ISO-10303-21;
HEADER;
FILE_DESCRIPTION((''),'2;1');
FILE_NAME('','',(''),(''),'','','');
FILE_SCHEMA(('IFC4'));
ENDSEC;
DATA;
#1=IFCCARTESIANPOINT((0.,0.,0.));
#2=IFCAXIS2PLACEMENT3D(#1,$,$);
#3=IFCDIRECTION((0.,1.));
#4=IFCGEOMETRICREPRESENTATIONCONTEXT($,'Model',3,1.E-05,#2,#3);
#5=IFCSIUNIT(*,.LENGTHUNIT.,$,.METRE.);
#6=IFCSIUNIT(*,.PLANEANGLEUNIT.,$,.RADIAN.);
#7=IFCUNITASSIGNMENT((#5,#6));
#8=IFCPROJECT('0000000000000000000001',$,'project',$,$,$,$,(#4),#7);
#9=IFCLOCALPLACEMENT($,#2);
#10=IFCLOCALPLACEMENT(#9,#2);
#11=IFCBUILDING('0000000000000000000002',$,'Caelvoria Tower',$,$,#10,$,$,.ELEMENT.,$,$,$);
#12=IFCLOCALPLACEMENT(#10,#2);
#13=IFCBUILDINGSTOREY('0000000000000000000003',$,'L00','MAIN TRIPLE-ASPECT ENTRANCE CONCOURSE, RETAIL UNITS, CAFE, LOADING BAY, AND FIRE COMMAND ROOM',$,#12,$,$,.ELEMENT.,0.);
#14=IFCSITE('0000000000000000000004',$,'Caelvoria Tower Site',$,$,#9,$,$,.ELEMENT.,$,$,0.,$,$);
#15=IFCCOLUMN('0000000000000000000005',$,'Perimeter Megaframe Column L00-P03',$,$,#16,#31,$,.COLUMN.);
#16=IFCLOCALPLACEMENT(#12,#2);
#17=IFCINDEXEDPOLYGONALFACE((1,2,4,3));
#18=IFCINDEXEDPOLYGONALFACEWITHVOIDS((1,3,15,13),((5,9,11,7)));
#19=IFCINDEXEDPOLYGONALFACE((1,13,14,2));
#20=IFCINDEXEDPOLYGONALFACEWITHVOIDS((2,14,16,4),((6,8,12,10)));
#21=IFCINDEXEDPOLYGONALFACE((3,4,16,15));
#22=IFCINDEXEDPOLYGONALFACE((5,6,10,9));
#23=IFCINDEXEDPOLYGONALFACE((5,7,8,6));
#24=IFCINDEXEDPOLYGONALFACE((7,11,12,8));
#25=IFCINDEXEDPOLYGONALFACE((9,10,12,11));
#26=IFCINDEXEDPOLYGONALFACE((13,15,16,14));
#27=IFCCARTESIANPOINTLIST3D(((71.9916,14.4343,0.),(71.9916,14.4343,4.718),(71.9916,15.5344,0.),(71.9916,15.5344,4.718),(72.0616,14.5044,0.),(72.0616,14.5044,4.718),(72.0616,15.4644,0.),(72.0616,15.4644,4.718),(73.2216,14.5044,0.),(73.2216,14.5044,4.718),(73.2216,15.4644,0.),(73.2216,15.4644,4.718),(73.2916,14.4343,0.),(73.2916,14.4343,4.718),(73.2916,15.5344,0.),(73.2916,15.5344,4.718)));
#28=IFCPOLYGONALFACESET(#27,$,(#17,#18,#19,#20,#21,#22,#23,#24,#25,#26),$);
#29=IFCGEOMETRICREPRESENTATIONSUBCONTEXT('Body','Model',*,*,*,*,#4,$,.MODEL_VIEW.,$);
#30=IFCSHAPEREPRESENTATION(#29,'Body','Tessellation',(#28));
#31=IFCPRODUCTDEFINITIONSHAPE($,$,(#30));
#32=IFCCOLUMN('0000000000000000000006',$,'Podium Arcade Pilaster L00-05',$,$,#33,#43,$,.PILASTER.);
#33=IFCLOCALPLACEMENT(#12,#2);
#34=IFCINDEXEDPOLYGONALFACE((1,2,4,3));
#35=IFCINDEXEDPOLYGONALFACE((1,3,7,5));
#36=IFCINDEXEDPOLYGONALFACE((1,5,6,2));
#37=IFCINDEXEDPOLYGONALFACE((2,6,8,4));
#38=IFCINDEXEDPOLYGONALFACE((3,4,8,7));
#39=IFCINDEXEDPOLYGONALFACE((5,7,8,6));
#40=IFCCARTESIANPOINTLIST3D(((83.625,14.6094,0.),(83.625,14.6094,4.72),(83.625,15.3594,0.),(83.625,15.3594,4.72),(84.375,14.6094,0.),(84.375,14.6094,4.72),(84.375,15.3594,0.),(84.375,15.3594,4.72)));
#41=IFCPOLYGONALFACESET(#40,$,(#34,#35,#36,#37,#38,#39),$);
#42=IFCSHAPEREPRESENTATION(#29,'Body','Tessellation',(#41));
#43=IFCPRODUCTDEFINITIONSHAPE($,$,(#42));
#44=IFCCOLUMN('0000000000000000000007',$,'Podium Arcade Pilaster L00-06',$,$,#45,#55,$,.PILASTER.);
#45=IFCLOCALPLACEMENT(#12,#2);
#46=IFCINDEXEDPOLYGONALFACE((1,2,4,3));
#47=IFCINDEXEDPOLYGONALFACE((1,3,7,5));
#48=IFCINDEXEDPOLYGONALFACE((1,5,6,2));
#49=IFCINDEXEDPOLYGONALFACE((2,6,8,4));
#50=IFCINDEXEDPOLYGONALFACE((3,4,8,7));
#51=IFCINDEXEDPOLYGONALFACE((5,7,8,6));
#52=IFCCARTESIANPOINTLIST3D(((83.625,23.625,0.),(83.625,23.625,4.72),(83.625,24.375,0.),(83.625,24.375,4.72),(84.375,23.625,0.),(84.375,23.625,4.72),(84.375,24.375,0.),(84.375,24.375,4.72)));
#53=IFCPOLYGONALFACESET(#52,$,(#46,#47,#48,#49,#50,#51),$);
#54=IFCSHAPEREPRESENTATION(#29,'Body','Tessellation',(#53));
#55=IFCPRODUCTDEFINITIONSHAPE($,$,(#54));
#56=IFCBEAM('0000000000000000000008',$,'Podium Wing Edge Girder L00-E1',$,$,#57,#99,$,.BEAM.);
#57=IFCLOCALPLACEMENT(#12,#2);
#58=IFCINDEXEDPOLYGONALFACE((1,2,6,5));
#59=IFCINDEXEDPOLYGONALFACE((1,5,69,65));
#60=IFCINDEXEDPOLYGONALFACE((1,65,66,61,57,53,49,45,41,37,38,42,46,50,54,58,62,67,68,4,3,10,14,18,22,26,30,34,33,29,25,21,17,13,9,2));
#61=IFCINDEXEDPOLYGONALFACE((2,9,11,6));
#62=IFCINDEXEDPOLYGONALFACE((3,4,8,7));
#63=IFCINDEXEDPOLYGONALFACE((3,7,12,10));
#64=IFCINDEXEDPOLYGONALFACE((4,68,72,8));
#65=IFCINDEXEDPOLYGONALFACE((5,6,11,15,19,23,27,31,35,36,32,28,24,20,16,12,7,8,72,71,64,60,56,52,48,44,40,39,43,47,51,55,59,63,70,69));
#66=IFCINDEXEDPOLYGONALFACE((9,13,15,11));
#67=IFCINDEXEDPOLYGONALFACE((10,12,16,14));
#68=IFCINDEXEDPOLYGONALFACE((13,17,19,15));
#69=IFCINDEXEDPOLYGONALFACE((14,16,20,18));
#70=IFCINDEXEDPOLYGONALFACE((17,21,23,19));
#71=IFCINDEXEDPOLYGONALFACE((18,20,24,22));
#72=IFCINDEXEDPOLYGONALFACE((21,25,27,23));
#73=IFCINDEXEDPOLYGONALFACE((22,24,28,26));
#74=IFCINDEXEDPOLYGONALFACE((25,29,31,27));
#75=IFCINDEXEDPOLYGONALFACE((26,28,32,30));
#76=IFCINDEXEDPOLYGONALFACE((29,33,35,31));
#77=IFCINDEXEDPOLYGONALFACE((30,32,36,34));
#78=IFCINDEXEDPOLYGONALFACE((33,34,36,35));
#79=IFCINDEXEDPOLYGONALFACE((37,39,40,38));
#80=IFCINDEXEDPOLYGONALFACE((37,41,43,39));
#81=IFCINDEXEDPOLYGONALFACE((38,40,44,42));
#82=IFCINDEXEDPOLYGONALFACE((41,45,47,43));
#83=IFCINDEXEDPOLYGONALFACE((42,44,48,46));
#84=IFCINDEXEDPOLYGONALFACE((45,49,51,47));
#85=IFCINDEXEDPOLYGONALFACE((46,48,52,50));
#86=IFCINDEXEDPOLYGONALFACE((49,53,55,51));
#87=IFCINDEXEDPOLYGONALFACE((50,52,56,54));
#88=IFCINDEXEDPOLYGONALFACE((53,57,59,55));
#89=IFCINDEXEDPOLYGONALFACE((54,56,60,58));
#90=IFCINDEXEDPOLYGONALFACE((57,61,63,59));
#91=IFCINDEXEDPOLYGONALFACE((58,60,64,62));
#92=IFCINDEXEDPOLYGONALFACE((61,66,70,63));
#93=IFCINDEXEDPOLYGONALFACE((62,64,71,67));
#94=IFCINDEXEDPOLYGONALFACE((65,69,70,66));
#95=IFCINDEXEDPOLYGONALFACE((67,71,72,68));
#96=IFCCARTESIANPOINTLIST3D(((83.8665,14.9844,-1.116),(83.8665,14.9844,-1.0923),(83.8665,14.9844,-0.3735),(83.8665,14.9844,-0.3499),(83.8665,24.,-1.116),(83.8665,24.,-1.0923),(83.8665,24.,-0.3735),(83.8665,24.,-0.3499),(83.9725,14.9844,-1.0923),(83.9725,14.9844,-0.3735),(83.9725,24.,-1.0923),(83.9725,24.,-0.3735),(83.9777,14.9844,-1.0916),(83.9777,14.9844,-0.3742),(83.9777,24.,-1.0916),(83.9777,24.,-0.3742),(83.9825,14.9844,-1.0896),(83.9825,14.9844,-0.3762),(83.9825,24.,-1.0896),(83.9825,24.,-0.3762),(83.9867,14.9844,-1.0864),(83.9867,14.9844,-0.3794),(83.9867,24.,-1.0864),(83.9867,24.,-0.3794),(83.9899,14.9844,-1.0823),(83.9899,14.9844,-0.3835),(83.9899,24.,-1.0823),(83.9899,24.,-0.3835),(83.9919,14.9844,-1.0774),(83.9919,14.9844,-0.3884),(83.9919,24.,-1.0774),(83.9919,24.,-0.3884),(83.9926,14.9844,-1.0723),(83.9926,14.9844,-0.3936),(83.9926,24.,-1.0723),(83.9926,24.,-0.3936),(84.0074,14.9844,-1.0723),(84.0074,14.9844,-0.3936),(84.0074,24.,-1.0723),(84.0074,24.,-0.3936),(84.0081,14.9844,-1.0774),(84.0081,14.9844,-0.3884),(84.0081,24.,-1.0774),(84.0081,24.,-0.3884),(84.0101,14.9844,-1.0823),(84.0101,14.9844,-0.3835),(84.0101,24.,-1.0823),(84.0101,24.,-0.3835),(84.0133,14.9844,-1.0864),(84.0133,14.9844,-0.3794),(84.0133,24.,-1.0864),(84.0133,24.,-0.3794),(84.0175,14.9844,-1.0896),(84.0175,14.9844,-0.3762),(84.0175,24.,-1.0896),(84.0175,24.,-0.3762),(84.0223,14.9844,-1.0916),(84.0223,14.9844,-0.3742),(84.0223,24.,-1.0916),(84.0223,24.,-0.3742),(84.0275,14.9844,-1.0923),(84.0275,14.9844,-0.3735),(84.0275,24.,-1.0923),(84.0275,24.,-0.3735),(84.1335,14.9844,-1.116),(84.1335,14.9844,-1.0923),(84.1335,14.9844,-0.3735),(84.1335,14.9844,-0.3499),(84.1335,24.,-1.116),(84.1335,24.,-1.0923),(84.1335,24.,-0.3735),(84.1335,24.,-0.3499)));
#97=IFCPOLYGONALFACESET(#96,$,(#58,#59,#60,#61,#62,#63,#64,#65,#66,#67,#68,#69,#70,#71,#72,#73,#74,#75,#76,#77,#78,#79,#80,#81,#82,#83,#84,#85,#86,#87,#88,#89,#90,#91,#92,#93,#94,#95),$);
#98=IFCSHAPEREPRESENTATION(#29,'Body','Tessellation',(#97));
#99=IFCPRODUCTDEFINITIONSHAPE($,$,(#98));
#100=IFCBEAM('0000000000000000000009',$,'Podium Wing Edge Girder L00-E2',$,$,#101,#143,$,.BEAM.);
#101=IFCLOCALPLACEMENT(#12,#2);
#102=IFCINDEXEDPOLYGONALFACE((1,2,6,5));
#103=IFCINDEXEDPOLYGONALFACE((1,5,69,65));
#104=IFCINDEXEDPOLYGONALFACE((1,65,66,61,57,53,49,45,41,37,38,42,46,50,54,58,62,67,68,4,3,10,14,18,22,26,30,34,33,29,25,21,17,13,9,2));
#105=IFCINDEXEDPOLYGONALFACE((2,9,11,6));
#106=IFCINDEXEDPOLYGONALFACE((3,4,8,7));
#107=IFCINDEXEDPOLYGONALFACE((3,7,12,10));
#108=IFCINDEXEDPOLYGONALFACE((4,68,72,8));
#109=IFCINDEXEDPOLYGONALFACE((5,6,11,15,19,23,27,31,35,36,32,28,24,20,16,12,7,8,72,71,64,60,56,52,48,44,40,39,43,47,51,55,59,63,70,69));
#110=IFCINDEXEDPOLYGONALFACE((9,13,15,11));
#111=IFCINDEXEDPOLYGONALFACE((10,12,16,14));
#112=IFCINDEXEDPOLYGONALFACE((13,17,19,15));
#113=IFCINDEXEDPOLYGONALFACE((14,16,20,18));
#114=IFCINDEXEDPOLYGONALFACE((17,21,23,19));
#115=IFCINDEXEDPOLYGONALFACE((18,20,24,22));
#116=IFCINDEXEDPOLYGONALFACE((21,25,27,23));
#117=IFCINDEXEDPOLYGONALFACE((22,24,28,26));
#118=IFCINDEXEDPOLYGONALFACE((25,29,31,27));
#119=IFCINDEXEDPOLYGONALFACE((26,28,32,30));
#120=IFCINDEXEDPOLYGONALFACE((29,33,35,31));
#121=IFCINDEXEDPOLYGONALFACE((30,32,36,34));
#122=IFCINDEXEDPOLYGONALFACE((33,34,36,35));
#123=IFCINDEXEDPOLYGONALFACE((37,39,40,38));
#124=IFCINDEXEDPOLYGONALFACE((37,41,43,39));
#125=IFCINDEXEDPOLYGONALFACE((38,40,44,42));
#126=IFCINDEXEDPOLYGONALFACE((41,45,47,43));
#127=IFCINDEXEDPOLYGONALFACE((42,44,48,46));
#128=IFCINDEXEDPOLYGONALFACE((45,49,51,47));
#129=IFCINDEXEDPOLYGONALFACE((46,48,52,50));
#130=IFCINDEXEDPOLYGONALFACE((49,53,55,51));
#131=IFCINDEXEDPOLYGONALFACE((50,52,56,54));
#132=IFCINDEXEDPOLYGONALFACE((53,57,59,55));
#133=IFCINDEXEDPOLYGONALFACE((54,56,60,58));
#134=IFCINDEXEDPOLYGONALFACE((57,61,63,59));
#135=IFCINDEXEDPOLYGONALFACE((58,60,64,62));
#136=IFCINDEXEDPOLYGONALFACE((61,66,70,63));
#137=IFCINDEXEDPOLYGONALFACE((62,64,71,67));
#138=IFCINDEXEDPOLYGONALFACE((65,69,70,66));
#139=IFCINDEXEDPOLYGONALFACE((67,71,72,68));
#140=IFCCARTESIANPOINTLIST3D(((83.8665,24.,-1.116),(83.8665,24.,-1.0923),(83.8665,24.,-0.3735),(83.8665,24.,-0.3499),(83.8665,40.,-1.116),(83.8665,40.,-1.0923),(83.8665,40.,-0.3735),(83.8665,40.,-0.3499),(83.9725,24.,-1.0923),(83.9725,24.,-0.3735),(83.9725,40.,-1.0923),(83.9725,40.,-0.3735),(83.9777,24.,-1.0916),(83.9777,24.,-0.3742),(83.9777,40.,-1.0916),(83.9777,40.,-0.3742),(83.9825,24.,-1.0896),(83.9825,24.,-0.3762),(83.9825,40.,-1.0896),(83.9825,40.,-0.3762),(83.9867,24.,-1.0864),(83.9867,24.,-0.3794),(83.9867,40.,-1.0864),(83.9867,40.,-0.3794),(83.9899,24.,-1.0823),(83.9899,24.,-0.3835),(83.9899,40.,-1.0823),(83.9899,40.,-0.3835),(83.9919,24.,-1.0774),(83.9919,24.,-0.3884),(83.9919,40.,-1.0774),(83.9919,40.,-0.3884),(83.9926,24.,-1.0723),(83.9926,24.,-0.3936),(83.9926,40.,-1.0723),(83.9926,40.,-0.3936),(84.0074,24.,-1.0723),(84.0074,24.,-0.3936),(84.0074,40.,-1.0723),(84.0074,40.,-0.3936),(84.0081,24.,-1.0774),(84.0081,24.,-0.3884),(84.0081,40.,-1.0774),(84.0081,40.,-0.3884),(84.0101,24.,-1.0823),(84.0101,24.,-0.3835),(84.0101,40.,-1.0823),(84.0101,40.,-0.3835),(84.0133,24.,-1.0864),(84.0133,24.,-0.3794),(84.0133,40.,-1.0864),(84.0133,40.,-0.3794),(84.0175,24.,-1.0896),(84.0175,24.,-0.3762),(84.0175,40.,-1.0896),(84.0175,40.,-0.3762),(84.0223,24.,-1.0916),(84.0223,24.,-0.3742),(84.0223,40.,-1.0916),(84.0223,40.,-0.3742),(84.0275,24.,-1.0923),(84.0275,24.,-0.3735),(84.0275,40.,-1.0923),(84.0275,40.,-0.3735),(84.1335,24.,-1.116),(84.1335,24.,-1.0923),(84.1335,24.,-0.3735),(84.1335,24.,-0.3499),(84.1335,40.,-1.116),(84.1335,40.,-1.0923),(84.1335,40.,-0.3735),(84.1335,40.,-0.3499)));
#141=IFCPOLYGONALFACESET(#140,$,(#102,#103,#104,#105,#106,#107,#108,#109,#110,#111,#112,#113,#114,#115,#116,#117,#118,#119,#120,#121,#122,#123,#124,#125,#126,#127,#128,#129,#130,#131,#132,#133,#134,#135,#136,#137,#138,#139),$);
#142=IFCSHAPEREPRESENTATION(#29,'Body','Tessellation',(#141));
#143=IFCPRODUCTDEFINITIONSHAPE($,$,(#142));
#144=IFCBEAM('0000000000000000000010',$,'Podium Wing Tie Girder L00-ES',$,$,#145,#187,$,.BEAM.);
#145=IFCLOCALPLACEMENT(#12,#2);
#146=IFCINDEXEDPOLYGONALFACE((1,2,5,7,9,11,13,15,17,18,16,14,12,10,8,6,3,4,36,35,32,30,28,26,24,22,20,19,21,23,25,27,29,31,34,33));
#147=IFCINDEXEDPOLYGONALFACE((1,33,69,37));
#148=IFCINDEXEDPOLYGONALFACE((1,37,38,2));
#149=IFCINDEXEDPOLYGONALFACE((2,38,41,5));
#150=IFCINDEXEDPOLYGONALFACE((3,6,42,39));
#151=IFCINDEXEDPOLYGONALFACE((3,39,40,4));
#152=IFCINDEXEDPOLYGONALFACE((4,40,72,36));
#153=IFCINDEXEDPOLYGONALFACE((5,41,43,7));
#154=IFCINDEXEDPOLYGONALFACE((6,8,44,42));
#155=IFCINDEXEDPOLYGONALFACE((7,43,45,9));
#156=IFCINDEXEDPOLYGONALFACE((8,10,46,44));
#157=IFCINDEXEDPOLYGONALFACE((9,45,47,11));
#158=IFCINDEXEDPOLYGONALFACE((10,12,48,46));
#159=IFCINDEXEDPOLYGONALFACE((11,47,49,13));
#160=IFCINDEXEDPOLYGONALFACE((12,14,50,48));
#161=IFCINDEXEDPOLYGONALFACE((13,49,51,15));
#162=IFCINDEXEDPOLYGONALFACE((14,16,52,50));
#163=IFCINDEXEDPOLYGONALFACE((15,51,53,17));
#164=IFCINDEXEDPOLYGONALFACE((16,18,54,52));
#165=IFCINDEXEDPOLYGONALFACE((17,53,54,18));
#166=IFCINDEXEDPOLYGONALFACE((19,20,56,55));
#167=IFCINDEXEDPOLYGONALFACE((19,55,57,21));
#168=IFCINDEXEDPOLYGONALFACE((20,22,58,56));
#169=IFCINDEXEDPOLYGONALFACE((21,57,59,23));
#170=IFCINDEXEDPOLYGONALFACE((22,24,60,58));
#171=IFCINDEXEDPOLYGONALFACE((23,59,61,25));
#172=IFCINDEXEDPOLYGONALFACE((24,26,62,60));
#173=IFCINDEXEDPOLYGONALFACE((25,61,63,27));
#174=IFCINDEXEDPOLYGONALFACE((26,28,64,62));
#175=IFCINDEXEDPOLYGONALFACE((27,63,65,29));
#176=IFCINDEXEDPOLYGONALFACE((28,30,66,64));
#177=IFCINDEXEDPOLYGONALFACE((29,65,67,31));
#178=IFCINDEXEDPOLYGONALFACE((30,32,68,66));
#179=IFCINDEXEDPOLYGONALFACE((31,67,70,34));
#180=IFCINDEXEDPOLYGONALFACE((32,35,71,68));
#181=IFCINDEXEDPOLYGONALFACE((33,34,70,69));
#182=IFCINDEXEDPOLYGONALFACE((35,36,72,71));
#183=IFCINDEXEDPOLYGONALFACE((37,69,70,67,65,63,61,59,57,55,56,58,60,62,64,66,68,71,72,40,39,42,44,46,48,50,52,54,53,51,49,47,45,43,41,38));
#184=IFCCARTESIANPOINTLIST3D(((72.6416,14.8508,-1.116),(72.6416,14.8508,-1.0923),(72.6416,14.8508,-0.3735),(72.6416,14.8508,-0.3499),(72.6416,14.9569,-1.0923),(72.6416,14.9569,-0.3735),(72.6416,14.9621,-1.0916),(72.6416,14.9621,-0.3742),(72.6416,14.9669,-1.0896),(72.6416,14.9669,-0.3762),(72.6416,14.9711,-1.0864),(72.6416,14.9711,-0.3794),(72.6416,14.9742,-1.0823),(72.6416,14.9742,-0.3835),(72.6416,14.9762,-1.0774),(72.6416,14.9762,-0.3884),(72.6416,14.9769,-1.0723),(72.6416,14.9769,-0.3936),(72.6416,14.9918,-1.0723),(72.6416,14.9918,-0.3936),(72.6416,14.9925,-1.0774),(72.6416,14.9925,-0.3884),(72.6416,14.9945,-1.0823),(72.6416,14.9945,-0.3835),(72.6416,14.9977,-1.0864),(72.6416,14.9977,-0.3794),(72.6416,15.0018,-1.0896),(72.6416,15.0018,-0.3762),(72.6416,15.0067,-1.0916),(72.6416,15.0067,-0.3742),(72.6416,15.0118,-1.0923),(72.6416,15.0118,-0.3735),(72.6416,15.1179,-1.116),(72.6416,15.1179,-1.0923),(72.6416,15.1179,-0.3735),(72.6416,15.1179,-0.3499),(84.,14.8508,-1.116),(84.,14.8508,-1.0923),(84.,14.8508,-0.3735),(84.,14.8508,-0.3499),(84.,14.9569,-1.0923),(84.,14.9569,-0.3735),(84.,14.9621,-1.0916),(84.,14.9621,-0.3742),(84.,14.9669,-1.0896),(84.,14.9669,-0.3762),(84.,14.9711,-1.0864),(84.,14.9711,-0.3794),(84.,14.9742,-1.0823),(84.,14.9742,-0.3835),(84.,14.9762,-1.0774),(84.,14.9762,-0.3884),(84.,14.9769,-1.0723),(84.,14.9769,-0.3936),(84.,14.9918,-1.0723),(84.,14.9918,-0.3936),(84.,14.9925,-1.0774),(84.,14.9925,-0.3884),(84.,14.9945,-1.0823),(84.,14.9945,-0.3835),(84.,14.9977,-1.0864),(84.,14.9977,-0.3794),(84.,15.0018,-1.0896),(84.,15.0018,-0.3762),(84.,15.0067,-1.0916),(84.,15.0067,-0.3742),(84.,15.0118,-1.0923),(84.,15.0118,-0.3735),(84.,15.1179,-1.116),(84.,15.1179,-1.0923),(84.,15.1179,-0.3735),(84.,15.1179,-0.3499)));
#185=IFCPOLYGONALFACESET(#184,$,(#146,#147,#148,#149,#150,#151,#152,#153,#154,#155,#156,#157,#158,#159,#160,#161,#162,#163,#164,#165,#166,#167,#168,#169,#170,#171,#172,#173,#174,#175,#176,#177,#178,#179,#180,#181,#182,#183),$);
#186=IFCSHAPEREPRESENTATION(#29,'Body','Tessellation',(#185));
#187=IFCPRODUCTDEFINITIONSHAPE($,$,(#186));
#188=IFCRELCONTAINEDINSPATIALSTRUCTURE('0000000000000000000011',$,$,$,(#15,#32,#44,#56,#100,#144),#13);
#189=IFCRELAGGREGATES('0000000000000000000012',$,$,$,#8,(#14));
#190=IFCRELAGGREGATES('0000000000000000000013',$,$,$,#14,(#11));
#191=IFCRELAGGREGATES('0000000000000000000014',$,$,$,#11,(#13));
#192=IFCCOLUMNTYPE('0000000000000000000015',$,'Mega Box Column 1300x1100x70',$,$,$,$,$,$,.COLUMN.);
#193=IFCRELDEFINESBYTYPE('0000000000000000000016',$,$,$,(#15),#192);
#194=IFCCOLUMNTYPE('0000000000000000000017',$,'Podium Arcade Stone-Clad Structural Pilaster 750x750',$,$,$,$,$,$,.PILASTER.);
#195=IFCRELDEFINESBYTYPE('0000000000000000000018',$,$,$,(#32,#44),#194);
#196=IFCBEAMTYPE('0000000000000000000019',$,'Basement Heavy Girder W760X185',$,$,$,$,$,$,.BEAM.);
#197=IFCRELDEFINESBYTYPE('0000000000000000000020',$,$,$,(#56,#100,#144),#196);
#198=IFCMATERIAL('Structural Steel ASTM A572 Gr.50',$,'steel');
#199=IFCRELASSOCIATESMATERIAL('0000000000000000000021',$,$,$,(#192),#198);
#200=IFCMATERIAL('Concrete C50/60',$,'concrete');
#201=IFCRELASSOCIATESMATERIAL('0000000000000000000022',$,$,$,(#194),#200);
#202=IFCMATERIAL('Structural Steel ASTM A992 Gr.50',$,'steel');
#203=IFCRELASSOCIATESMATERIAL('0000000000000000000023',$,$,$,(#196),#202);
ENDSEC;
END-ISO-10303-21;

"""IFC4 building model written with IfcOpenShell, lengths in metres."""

from ifc_helpers import new_model, si_unit, direction, frame, origin, origin_2d, place, context, subcontext, project, spatial, rectangle, hollow_rectangle, i_section, extrude, material, material_profile, profile_set, type_object, element, save


model = new_model("IFC4")

# Units and contexts
model_context = context("Model", 3, precision=1e-05, world=origin(), true_north=direction((0.0, 1.0)))
body_context = subcontext(model_context, "Body", "Model", "MODEL_VIEW")
ifc_project = project(units=[si_unit("LENGTHUNIT", "METRE"), si_unit("PLANEANGLEUNIT", "RADIAN")], contexts=[model_context])

# Site, building, storey
site_placement = place(None, origin())
site = spatial("IfcSite", under=ifc_project, at=site_placement, Name="Caelvoria Tower Site", CompositionType="ELEMENT", RefElevation=0.0)
building_placement = place(site_placement, origin())
building = spatial("IfcBuilding", under=site, at=building_placement, Name="Caelvoria Tower", CompositionType="ELEMENT")
storey_placement = place(building_placement, origin())
storey = spatial("IfcBuildingStorey", under=building, at=storey_placement, Name="L00", Description="MAIN TRIPLE-ASPECT ENTRANCE CONCOURSE, RETAIL UNITS, CAFE, LOADING BAY, AND FIRE COMMAND ROOM", CompositionType="ELEMENT", Elevation=0.0)

# Columns
ifc_material_1 = material(Name="Structural Steel ASTM A572 Gr.50", Category="steel")
ifc_material_profile_1 = material_profile(ifc_material_1, hollow_rectangle(XDim=1.1001, YDim=1.3, WallThickness=0.0701, at=origin_2d()), Name="Structural Steel ASTM A572 Gr.50")
ifc_profile_set_1 = profile_set([ifc_material_profile_1], Name="BOX1300X1100X70 - Structural Steel ASTM A572 Gr.50")
column_type_1 = type_object("IfcColumnType", Name="Mega Box Column 1300x1100x70", PredefinedType="COLUMN", material=ifc_profile_set_1)
column_placement = place(storey_placement, frame((72.6416, 14.9844, 0.0), z_axis=(0.0, 0.0, 1.0), x_axis=(0.0, 1.0, 0.0)))
element("IfcColumn", 1, at=column_placement, inside=storey, type_object=column_type_1, Name="Perimeter Megaframe Column L00-P03", PredefinedType="COLUMN", context=body_context, shape_type="SweptSolid", body=[
    extrude(hollow_rectangle(XDim=1.1001, YDim=1.3, WallThickness=0.0701, at=origin_2d()), origin(), (0.0, 0.0, 1.0), 4.718),
])
ifc_material_2 = material(Name="Concrete C50/60", Category="concrete")
ifc_material_profile_2 = material_profile(ifc_material_2, rectangle(XDim=0.75, YDim=0.75, at=origin_2d()), Name="Concrete C50/60")
ifc_profile_set_2 = profile_set([ifc_material_profile_2], Name="RC_COL_750X750 - Concrete C50/60")
column_type_2 = type_object("IfcColumnType", Name="Podium Arcade Stone-Clad Structural Pilaster 750x750", PredefinedType="PILASTER", material=ifc_profile_set_2)
for number, where, z_axis, x_axis, name in (
    (2, (84.0, 14.9844, 0.0), (0.0, 0.0, 1.0), (1.0, 0.0, 0.0), "Podium Arcade Pilaster L00-05"),
    (3, (84.0, 24.0, 0.0), (0.0, 0.0, 1.0), (1.0, 0.0, 0.0), "Podium Arcade Pilaster L00-06"),
):
    element("IfcColumn", number, at=place(storey_placement, frame(where, z_axis=z_axis, x_axis=x_axis)), inside=storey, type_object=column_type_2, Name=name, PredefinedType="PILASTER", context=body_context, shape_type="SweptSolid", body=[
        extrude(rectangle(XDim=0.75, YDim=0.75, at=origin_2d()), origin(), (0.0, 0.0, 1.0), 4.72),
    ])

# Beams
ifc_material_3 = material(Name="Structural Steel ASTM A992 Gr.50", Category="steel")
ifc_material_profile_3 = material_profile(ifc_material_3, i_section(OverallWidth=0.2671, OverallDepth=0.7661, WebThickness=0.0149, FlangeThickness=0.0237, FilletRadius=0.02, at=origin_2d()), Name="Structural Steel ASTM A992 Gr.50")
ifc_profile_set_3 = profile_set([ifc_material_profile_3], Name="W760X185 - Structural Steel ASTM A992 Gr.50")
beam_type_1 = type_object("IfcBeamType", Name="Basement Heavy Girder W760X185", PredefinedType="BEAM", material=ifc_profile_set_3)
beam_1_placement = place(storey_placement, frame((84.0, 14.9844, -0.7329), z_axis=(0.0, 1.0, 0.0), x_axis=(-1.0, 0.0, 0.0)))
element("IfcBeam", 4, at=beam_1_placement, inside=storey, type_object=beam_type_1, Name="Podium Wing Edge Girder L00-E1", PredefinedType="BEAM", context=body_context, shape_type="SweptSolid", body=[
    extrude(i_section(OverallWidth=0.2671, OverallDepth=0.7661, WebThickness=0.0149, FlangeThickness=0.0237, FilletRadius=0.02, at=origin_2d()), origin(), (0.0, 0.0, 1.0), 9.0156),
])
beam_2_placement = place(storey_placement, frame((84.0, 24.0, -0.7329), z_axis=(0.0, 1.0, 0.0), x_axis=(-1.0, 0.0, 0.0)))
element("IfcBeam", 5, at=beam_2_placement, inside=storey, type_object=beam_type_1, Name="Podium Wing Edge Girder L00-E2", PredefinedType="BEAM", context=body_context, shape_type="SweptSolid", body=[
    extrude(i_section(OverallWidth=0.2671, OverallDepth=0.7661, WebThickness=0.0149, FlangeThickness=0.0237, FilletRadius=0.02, at=origin_2d()), origin(), (0.0, 0.0, 1.0), 16.0),
])
beam_3_placement = place(storey_placement, frame((84.0, 14.9844, -0.7329), z_axis=(-1.0, 0.0, 0.0), x_axis=(0.0, -1.0, 0.0)))
element("IfcBeam", 6, at=beam_3_placement, inside=storey, type_object=beam_type_1, Name="Podium Wing Tie Girder L00-ES", PredefinedType="BEAM", context=body_context, shape_type="SweptSolid", body=[
    extrude(i_section(OverallWidth=0.2671, OverallDepth=0.7661, WebThickness=0.0149, FlangeThickness=0.0237, FilletRadius=0.02, at=origin_2d()), origin(), (0.0, 0.0, 1.0), 11.3584),
])

save(model, "model.ifc")
